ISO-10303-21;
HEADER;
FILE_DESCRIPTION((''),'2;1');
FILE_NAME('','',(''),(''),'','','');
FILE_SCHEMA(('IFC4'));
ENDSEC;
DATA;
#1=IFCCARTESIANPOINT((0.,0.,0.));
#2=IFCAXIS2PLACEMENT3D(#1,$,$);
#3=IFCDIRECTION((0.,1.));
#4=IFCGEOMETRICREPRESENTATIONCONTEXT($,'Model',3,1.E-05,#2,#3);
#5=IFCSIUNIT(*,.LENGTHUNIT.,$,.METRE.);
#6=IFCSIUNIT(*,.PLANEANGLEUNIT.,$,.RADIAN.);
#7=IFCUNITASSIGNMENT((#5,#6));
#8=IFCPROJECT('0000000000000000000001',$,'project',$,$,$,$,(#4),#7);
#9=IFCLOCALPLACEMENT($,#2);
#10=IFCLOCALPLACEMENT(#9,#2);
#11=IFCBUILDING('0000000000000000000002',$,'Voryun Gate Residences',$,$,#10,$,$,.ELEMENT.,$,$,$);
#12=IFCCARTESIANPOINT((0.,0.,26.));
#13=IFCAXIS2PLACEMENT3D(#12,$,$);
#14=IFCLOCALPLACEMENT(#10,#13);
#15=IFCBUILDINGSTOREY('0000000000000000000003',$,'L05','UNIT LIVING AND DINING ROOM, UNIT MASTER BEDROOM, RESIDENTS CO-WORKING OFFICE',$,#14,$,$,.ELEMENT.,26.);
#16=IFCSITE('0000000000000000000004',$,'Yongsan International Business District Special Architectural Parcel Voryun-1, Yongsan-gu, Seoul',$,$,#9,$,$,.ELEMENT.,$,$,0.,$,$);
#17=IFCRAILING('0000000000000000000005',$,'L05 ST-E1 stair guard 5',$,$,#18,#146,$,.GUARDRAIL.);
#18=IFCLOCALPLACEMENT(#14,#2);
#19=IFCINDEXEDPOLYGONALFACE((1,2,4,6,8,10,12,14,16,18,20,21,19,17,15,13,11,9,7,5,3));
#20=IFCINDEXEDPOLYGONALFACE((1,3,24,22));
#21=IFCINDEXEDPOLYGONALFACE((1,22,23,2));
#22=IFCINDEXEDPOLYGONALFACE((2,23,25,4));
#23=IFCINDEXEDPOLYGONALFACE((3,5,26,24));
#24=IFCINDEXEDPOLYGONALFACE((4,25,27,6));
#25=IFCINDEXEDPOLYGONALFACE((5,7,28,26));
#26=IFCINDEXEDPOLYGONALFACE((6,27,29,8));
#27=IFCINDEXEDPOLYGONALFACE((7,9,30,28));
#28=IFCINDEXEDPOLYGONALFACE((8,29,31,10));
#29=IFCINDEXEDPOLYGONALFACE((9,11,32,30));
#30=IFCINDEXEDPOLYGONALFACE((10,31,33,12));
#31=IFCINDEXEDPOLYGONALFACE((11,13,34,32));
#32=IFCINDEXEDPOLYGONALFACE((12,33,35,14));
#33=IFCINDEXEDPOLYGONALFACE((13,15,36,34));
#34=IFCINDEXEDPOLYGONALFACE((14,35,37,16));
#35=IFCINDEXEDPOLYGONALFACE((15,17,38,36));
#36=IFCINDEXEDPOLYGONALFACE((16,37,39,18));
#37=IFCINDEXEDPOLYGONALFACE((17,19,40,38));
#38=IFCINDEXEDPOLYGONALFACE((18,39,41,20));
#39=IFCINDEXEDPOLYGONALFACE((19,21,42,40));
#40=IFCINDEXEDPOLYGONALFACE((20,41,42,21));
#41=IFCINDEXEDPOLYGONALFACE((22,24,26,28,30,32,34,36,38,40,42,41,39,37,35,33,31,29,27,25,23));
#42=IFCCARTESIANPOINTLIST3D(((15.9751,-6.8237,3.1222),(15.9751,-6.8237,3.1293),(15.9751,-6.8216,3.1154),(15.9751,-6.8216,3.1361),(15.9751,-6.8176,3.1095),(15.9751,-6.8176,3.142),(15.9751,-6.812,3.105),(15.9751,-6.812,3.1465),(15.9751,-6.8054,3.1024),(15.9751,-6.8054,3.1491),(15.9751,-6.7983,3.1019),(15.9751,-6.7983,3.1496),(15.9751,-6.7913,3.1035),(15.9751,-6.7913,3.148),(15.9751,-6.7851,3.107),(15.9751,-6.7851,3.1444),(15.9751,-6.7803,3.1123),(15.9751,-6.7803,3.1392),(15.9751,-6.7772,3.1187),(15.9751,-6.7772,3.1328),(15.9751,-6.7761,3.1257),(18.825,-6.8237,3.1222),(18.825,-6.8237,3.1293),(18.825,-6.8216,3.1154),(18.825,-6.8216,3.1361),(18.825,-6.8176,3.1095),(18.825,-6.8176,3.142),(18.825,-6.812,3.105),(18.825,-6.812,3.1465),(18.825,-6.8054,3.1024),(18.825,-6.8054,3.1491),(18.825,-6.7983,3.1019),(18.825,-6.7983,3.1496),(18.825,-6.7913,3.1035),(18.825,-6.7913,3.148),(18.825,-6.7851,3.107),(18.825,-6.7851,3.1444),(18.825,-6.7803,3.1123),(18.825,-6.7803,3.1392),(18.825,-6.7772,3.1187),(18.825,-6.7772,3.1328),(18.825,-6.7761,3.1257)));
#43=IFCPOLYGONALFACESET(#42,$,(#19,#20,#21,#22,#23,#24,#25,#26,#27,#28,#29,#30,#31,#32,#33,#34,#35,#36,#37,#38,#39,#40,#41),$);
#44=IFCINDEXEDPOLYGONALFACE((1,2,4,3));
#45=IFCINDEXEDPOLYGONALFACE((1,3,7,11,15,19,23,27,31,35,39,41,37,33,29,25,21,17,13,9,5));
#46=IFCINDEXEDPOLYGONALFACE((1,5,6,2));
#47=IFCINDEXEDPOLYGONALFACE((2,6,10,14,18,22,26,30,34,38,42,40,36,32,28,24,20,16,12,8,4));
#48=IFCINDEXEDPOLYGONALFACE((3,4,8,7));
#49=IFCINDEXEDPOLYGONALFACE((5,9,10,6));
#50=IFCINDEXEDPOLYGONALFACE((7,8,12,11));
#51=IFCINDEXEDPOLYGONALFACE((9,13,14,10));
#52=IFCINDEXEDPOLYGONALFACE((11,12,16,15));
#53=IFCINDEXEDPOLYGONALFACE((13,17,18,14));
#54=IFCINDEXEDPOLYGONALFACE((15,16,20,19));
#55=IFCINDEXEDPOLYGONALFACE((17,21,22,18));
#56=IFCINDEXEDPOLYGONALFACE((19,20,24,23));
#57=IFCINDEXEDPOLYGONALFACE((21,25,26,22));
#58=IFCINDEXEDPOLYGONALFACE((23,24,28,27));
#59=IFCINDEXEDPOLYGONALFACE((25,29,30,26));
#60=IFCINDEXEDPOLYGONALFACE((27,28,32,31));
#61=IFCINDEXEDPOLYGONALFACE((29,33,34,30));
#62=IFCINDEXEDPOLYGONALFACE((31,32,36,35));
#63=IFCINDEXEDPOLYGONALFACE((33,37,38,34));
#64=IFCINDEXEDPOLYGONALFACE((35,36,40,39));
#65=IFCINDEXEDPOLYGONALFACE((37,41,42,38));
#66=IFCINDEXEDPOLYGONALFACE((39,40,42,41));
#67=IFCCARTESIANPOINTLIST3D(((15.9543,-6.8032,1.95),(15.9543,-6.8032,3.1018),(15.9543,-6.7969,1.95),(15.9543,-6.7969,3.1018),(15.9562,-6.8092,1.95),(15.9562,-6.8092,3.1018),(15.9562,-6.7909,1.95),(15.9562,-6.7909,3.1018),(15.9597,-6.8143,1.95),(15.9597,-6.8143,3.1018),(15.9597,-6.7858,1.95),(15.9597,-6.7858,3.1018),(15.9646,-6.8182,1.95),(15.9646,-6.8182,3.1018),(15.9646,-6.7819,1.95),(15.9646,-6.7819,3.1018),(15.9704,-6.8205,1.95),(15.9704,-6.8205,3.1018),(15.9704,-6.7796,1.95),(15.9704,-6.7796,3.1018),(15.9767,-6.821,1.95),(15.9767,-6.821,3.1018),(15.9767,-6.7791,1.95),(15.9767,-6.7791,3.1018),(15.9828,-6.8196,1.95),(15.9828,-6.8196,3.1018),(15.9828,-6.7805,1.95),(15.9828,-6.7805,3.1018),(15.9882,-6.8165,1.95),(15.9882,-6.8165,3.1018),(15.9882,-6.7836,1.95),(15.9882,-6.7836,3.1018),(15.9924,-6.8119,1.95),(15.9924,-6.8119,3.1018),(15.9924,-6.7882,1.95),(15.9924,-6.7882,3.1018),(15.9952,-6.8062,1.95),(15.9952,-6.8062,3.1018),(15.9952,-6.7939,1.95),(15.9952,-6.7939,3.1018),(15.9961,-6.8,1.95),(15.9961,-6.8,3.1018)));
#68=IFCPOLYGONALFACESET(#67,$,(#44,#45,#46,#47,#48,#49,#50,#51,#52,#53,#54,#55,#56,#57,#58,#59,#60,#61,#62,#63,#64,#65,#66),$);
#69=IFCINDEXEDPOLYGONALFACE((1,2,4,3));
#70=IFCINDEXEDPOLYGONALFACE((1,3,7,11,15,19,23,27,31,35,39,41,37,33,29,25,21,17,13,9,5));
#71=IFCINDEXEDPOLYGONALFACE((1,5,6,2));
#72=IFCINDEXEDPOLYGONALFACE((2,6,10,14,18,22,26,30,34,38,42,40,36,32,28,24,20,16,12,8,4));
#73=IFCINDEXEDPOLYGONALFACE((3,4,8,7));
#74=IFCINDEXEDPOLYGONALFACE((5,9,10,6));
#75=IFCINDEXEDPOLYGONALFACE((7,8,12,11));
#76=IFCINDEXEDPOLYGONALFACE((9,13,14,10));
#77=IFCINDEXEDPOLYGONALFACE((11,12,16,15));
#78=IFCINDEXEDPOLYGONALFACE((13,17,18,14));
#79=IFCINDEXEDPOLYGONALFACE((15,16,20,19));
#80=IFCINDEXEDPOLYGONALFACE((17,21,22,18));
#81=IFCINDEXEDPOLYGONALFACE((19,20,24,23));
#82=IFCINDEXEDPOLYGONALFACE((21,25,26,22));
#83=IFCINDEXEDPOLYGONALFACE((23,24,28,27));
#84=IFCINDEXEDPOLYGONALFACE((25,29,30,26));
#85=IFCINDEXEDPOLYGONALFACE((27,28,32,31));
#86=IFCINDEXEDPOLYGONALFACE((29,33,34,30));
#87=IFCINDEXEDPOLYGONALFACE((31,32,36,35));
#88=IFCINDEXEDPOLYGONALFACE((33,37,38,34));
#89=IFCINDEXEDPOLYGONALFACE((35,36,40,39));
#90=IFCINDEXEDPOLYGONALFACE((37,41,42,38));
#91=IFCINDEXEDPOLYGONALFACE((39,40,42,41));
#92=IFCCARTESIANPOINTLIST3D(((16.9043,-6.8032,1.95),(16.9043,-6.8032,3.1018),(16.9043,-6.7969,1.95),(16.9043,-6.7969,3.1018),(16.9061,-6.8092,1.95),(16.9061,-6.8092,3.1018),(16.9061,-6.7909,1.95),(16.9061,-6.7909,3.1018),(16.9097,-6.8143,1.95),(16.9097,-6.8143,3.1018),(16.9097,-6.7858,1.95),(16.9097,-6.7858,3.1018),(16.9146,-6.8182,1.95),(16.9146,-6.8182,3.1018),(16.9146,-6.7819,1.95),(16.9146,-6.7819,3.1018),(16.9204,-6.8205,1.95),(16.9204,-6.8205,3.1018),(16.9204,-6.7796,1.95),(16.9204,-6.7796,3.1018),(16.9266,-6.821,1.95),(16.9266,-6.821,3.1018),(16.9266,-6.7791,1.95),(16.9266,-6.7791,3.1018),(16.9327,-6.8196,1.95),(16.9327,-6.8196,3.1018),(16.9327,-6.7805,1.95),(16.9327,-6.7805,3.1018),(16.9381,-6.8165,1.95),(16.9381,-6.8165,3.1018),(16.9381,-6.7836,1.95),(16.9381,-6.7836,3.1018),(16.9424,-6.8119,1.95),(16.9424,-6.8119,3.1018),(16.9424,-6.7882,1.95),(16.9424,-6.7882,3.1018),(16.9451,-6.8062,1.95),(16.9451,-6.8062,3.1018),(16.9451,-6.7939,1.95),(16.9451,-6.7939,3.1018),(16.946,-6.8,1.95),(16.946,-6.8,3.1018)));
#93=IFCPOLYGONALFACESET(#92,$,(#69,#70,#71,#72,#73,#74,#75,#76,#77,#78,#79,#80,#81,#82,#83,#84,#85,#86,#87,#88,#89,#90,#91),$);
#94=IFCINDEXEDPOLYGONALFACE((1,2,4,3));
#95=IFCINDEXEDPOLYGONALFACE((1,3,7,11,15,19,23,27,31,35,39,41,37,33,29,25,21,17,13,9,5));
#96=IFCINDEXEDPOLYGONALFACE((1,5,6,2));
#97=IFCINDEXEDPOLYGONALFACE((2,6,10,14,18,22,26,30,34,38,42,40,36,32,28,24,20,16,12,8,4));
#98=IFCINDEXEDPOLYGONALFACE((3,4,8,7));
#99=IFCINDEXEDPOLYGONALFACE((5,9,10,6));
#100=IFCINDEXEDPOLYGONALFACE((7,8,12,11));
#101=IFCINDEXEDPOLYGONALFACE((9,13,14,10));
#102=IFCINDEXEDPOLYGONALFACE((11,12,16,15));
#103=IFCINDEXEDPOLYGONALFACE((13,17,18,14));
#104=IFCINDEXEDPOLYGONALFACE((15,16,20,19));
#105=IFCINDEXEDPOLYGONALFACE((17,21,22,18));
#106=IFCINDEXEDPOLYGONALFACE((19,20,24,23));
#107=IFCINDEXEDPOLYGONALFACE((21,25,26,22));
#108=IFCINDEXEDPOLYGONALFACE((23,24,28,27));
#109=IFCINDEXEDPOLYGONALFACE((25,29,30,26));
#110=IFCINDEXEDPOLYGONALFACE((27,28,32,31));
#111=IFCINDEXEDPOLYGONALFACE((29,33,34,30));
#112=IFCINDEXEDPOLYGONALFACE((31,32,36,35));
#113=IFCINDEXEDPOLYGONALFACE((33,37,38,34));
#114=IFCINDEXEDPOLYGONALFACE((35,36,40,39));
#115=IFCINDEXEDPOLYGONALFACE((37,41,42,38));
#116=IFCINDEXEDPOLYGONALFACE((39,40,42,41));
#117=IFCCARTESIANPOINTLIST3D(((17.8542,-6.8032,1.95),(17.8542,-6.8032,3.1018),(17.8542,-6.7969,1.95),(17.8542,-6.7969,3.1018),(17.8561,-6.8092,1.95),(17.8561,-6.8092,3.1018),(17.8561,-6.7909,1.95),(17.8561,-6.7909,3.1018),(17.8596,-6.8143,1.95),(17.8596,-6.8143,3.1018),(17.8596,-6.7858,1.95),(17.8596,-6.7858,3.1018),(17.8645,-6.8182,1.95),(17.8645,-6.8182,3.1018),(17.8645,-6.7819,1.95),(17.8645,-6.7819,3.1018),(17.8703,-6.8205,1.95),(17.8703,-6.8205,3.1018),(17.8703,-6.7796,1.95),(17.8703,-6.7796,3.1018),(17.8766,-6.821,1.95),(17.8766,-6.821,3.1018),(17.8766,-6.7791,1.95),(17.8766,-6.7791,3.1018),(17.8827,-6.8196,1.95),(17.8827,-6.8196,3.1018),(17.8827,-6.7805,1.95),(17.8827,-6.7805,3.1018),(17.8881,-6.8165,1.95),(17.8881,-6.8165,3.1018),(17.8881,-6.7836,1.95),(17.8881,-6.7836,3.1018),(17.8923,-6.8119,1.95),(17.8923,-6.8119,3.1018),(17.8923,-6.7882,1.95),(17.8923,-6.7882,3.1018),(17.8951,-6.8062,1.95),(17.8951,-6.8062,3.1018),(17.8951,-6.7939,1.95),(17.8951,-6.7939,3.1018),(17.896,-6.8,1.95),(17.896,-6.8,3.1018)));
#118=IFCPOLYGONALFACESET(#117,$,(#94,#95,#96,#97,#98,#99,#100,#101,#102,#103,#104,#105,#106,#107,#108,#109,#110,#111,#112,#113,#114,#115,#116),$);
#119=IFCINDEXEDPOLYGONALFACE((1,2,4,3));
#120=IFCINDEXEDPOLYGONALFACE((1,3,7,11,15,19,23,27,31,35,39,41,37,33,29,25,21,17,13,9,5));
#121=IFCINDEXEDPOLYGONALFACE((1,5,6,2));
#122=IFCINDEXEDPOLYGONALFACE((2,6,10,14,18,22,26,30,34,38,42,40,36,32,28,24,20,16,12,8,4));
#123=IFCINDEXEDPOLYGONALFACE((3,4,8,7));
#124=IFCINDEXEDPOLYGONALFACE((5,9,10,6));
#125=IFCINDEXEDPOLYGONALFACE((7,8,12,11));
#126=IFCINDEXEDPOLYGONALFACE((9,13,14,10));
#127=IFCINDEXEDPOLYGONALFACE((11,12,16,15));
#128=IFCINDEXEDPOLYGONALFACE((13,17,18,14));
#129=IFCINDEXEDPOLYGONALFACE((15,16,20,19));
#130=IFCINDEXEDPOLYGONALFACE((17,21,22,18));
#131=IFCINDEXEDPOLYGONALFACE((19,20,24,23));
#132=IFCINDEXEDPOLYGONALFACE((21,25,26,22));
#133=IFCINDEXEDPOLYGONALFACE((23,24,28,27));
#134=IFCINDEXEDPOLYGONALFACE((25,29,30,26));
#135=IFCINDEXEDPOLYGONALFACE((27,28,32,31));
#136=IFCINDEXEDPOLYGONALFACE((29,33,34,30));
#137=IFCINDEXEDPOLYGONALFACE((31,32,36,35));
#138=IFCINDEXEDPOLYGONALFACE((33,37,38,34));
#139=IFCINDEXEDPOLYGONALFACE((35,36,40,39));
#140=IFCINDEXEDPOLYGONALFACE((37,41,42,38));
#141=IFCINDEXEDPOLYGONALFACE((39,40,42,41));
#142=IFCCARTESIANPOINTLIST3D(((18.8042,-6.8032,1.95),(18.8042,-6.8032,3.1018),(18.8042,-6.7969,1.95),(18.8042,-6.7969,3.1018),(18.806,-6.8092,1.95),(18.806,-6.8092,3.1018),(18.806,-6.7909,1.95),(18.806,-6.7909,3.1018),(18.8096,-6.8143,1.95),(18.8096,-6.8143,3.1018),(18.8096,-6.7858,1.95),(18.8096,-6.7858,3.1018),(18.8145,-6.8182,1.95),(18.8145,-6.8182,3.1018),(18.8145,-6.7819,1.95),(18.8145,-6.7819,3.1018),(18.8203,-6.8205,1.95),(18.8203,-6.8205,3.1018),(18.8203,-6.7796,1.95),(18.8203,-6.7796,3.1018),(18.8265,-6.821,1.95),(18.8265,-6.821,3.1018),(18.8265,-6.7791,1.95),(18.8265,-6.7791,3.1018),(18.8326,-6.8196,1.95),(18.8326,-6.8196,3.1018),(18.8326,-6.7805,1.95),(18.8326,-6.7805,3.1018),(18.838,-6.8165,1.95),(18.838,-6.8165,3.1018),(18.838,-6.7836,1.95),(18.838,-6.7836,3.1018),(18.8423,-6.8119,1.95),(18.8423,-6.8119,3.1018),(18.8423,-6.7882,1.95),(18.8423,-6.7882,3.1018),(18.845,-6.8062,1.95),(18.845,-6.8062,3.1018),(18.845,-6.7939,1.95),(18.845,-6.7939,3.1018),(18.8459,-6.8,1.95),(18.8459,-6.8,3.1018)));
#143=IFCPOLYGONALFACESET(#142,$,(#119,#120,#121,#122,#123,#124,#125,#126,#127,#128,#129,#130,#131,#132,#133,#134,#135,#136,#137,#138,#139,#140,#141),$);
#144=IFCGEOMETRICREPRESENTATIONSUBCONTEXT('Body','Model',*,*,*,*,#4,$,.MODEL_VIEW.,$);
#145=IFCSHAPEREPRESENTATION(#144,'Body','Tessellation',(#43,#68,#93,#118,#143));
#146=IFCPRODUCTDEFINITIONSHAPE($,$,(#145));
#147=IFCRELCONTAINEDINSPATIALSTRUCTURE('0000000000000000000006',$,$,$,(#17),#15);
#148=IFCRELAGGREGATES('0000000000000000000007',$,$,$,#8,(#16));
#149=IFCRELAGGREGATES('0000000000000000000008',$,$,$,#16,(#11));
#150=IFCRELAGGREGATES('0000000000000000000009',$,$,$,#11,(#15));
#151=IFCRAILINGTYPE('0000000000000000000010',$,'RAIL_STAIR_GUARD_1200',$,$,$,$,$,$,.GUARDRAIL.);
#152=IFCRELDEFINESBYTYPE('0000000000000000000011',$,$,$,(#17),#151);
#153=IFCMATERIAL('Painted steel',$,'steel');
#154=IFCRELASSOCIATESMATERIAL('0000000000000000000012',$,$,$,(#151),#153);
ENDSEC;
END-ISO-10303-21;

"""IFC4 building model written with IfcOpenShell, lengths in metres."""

from ifc_helpers import new_model, si_unit, direction, frame, origin, origin_2d, place, context, subcontext, project, spatial, circle, extrude, material, type_object, element, save


model = new_model("IFC4")

# Units and contexts
model_context = context("Model", 3, precision=1e-05, world=origin(), true_north=direction((0.0, 1.0)))
body_context = subcontext(model_context, "Body", "Model", "MODEL_VIEW")
ifc_project = project(units=[si_unit("LENGTHUNIT", "METRE"), si_unit("PLANEANGLEUNIT", "RADIAN")], contexts=[model_context])

# Site, building, storey
site_placement = place(None, origin())
site = spatial("IfcSite", under=ifc_project, at=site_placement, Name="Yongsan International Business District Special Architectural Parcel Voryun-1, Yongsan-gu, Seoul", CompositionType="ELEMENT", RefElevation=0.0)
building_placement = place(site_placement, origin())
building = spatial("IfcBuilding", under=site, at=building_placement, Name="Voryun Gate Residences", CompositionType="ELEMENT")
storey_placement = place(building_placement, frame((0.0, 0.0, 26.0)))
storey = spatial("IfcBuildingStorey", under=building, at=storey_placement, Name="L05", Description="UNIT LIVING AND DINING ROOM, UNIT MASTER BEDROOM, RESIDENTS CO-WORKING OFFICE", CompositionType="ELEMENT", Elevation=26.0)

# Railing
ifc_material_1 = material(Name="Painted steel", Category="steel")
railing_type_1 = type_object("IfcRailingType", Name="RAIL_STAIR_GUARD_1200", PredefinedType="GUARDRAIL", material=ifc_material_1)
railing_1_placement = place(storey_placement, frame((15.9751, -6.8, 1.95)))
element("IfcRailing", 1, at=railing_1_placement, inside=storey, type_object=railing_type_1, Name="L05 ST-E1 stair guard 5", PredefinedType="GUARDRAIL", context=body_context, shape_type="SweptSolid", body=[
    extrude(circle(Radius=0.0239, at=origin_2d()), frame((0.0, 0.0, 1.1758), z_axis=(1.0, 0.0, 0.0), x_axis=(0.0, 1.0, 0.0)), (0.0, 0.0, 1.0), 2.8499),
    extrude(circle(Radius=0.021, at=origin_2d()), origin(), (0.0, 0.0, 1.0), 1.1519),
    extrude(circle(Radius=0.021, at=origin_2d()), frame((0.95, 0.0, 0.0)), (0.0, 0.0, 1.0), 1.1519),
    extrude(circle(Radius=0.021, at=origin_2d()), frame((1.8999, 0.0, 0.0)), (0.0, 0.0, 1.0), 1.1519),
    extrude(circle(Radius=0.021, at=origin_2d()), frame((2.8499, 0.0, 0.0)), (0.0, 0.0, 1.0), 1.1519),
])

save(model, "model.ifc")
